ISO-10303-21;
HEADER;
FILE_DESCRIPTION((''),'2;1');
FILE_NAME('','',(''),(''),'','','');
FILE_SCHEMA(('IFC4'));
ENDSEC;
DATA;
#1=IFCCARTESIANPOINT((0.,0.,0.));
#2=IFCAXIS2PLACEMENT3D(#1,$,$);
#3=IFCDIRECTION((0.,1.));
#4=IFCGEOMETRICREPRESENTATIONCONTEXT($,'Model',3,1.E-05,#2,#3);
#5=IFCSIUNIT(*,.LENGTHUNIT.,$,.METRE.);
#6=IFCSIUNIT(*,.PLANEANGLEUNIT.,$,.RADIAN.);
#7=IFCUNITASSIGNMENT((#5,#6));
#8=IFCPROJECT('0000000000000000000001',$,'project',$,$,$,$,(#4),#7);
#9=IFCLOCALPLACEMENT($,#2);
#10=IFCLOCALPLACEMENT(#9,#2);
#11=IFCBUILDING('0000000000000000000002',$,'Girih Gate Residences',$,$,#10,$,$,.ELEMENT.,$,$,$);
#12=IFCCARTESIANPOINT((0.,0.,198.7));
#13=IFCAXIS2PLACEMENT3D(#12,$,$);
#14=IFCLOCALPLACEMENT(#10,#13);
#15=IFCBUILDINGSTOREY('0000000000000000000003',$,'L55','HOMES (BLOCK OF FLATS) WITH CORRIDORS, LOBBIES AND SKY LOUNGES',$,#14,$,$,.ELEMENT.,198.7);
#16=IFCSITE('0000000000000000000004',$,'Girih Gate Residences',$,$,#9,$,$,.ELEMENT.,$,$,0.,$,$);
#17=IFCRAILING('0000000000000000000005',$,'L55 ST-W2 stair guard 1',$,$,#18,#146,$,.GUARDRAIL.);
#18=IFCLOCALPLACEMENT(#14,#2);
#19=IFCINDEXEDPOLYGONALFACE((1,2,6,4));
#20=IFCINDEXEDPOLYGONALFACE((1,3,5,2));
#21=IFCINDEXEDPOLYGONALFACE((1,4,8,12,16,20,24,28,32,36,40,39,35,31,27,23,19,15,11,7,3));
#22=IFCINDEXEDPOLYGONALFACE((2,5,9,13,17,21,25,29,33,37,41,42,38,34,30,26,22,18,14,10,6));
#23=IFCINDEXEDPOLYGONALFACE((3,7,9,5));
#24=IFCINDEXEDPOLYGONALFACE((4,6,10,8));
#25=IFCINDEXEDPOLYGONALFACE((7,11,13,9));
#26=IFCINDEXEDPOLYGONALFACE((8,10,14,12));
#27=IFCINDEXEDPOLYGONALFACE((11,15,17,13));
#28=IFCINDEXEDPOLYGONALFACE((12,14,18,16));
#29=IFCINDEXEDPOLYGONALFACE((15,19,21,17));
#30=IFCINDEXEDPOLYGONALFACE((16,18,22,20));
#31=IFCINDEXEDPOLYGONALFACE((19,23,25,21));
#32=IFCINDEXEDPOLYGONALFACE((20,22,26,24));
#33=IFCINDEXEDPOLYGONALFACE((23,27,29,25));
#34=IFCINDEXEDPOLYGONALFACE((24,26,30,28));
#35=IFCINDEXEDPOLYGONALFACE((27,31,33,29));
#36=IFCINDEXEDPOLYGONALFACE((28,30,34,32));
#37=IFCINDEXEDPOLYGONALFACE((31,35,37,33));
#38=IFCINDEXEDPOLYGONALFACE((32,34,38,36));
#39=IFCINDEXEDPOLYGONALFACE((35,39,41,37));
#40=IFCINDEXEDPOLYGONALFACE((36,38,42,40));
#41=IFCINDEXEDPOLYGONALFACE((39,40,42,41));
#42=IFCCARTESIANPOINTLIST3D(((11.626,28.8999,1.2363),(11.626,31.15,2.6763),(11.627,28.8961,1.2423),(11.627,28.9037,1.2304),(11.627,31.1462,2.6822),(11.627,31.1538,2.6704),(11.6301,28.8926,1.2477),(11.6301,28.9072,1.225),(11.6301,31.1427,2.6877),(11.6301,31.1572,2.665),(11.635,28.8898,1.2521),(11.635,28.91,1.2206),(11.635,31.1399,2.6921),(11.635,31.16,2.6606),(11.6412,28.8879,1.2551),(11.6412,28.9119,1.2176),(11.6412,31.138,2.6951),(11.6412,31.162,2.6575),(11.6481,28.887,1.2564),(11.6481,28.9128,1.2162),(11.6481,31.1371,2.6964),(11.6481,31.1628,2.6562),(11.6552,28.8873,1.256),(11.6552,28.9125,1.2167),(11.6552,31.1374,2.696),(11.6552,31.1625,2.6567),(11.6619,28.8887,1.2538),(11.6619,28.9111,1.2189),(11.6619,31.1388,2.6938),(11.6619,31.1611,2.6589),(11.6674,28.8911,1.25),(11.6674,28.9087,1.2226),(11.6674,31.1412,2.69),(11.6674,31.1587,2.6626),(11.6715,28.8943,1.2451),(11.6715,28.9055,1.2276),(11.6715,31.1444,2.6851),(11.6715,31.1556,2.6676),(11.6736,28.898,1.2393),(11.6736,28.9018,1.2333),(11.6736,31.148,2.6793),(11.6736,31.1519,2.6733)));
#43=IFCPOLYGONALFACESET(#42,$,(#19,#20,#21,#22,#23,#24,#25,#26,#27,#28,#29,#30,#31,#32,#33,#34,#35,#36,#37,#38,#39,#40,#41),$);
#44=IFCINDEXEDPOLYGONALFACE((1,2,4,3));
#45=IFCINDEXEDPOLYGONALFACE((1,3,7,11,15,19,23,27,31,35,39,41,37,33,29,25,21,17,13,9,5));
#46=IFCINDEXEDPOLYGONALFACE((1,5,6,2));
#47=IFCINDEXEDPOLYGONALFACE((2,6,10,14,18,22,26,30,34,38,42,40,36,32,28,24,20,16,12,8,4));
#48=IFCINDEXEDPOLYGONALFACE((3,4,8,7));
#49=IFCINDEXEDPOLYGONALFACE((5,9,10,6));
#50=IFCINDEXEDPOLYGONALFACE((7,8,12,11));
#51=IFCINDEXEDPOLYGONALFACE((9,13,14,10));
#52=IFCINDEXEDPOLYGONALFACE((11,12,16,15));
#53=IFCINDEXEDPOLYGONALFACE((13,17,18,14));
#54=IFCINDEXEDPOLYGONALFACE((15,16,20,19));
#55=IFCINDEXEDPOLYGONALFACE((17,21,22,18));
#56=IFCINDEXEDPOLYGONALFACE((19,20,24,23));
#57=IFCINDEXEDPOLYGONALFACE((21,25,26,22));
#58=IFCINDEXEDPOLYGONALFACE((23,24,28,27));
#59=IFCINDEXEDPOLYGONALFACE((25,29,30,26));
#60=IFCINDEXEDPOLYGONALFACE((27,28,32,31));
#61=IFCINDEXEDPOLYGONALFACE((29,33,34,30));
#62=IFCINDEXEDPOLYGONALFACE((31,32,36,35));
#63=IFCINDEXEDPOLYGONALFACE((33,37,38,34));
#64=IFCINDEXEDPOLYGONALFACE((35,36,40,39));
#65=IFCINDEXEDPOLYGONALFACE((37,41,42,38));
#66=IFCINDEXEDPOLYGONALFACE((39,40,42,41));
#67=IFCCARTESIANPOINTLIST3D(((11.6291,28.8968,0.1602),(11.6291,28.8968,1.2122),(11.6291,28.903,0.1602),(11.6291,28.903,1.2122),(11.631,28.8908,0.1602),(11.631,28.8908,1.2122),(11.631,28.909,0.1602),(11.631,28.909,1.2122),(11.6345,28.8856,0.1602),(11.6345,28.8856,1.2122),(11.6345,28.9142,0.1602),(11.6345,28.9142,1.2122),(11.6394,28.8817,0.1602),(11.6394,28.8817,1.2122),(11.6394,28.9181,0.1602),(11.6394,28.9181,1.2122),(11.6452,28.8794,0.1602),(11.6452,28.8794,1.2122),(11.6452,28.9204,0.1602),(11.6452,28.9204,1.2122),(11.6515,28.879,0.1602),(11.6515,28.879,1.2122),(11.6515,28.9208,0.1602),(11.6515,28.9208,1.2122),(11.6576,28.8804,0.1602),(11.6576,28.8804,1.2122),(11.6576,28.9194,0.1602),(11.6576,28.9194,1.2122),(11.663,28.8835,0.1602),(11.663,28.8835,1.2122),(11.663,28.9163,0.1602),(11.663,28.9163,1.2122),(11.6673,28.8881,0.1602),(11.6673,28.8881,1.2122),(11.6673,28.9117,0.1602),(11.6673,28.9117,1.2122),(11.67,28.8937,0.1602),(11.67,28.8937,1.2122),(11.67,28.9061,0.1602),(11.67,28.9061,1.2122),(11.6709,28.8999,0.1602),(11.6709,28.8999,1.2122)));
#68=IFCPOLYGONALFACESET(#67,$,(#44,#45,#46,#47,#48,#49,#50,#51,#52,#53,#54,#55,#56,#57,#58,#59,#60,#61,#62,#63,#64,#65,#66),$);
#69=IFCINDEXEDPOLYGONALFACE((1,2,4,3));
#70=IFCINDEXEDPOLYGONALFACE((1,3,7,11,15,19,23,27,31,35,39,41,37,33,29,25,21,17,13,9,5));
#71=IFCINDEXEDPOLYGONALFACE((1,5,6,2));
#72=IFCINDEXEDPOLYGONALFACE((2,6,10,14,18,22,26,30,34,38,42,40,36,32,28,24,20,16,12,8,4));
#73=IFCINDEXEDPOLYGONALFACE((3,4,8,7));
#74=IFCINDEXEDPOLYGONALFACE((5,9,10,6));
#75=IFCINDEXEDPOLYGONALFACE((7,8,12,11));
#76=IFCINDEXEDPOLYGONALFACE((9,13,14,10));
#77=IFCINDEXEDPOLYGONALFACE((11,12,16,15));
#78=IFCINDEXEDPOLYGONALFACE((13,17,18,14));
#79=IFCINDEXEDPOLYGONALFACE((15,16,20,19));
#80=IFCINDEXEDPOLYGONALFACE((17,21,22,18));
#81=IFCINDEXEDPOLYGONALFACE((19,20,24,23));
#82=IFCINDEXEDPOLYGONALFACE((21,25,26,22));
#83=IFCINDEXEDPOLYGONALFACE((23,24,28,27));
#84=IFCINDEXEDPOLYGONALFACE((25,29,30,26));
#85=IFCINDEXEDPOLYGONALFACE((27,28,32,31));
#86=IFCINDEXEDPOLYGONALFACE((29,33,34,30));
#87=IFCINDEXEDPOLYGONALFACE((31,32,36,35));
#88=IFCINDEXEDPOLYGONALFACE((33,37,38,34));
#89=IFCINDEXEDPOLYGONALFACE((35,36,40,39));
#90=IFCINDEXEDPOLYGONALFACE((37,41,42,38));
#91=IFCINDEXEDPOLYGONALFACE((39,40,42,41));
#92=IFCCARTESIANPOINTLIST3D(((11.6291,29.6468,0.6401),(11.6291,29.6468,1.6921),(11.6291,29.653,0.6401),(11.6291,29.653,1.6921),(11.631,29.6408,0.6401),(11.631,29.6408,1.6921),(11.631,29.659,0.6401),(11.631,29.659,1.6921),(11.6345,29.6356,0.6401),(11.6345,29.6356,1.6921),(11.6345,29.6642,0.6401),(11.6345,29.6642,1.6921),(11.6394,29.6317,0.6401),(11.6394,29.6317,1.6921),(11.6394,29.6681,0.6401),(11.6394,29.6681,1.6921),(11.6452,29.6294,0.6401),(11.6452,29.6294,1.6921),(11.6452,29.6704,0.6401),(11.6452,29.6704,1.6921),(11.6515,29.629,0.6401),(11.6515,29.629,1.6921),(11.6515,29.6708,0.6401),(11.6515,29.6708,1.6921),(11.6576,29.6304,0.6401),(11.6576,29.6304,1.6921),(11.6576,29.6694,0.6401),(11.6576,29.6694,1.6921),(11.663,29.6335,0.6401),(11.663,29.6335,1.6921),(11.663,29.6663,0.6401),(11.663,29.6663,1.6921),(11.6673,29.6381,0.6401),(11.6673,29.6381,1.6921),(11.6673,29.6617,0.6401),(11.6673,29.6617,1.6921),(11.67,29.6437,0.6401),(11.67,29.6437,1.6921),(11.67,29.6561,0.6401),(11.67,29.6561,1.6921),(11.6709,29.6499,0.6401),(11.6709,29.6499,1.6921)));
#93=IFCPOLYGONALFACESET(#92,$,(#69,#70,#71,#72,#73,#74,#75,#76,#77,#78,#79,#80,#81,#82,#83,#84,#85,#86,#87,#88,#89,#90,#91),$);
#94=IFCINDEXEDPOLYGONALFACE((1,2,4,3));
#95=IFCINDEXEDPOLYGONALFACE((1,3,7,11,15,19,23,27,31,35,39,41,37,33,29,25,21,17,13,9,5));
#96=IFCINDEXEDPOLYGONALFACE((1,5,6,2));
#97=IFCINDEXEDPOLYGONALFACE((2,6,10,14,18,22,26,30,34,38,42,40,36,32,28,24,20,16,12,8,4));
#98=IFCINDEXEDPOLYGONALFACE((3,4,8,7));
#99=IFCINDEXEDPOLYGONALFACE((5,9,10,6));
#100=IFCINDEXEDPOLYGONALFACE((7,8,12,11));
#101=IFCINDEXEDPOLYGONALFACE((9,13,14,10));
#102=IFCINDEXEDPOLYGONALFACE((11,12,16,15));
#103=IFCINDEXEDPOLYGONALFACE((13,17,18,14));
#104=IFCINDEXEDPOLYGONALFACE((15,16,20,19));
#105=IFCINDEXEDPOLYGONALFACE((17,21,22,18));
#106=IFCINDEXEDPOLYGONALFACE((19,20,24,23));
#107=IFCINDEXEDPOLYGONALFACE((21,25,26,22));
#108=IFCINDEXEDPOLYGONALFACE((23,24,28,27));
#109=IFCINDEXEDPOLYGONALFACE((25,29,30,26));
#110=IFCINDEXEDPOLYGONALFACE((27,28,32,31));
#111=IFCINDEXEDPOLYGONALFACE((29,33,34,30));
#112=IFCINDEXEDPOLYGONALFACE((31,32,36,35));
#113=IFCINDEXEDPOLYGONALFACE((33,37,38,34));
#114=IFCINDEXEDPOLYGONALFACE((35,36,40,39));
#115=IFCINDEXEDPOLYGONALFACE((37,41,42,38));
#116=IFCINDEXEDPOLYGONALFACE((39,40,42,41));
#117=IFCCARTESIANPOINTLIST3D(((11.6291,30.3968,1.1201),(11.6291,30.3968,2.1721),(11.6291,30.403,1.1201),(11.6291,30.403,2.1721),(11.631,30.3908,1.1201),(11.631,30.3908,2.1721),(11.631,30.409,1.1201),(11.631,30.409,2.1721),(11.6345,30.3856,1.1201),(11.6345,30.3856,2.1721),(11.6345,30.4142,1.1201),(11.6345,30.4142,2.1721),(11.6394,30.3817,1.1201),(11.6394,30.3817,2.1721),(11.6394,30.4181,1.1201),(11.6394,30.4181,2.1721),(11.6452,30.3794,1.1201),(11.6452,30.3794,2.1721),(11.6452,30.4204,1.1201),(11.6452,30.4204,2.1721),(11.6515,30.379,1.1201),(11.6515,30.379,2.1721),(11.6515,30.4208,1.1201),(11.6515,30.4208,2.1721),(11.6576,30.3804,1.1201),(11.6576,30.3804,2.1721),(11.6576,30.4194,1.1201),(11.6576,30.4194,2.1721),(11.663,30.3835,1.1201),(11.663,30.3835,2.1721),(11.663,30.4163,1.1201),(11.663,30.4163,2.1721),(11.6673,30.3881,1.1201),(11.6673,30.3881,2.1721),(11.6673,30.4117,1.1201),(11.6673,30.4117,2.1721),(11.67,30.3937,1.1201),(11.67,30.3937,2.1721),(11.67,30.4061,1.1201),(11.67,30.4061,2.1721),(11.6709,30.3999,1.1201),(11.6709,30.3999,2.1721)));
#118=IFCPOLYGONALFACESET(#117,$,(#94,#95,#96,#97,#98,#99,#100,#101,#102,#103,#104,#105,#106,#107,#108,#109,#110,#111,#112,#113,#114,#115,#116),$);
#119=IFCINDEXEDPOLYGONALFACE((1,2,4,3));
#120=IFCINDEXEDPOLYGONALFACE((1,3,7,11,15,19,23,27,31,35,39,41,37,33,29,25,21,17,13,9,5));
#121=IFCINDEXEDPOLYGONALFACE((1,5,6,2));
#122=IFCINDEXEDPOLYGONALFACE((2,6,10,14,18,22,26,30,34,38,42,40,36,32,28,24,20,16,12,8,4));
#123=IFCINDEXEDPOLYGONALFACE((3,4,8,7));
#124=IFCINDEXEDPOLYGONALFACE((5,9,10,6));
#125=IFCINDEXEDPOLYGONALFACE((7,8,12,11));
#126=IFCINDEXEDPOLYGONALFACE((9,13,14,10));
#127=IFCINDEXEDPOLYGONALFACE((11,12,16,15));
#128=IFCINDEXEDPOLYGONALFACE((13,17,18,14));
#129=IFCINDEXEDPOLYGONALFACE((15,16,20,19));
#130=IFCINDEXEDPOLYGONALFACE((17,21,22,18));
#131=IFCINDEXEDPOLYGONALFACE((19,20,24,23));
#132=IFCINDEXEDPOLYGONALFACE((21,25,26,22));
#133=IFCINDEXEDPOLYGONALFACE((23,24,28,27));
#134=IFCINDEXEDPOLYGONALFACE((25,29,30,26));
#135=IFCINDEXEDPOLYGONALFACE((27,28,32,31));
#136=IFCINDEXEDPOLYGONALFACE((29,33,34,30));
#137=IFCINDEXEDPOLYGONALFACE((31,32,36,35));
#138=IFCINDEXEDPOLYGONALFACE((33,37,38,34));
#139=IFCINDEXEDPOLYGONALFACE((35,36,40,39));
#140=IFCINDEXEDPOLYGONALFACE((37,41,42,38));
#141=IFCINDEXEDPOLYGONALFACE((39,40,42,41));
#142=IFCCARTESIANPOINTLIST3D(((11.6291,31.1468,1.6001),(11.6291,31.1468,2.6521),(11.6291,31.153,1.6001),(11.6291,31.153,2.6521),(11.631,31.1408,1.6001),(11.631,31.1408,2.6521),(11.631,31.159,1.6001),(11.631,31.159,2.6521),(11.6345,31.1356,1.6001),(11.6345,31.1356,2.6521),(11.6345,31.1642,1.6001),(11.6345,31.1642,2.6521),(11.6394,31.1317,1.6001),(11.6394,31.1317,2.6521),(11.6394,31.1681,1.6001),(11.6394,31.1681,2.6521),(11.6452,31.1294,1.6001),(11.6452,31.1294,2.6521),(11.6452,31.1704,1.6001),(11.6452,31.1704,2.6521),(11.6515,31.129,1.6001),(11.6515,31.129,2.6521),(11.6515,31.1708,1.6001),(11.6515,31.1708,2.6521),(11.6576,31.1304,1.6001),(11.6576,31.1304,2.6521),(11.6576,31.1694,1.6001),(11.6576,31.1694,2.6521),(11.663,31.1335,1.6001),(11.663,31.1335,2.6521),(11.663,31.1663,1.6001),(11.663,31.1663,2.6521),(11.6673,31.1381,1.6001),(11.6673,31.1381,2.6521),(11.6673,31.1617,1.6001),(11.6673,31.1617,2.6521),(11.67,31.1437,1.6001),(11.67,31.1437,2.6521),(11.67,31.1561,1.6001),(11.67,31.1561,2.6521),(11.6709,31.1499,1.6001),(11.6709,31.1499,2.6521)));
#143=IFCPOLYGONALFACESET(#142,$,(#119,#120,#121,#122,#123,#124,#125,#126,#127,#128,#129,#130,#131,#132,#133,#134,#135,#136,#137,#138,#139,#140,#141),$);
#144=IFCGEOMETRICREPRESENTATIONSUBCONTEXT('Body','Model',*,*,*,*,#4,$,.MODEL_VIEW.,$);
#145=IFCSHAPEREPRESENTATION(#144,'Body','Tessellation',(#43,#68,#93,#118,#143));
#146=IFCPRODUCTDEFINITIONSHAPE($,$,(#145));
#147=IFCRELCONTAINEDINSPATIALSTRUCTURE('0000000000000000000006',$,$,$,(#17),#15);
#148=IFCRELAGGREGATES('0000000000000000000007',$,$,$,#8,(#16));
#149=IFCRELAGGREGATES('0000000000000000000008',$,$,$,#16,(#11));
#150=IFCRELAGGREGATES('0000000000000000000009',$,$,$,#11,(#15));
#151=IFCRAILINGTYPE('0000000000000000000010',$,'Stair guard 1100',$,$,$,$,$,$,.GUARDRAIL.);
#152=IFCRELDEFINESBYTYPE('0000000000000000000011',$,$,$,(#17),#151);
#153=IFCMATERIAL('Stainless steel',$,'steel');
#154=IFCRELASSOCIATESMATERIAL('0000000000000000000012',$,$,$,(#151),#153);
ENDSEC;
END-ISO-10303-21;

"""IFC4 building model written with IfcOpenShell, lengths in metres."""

from ifc_helpers import new_model, si_unit, direction, frame, origin, origin_2d, place, context, subcontext, project, spatial, circle, extrude, material, type_object, element, save


model = new_model("IFC4")

# Units and contexts
model_context = context("Model", 3, precision=1e-05, world=origin(), true_north=direction((0.0, 1.0)))
body_context = subcontext(model_context, "Body", "Model", "MODEL_VIEW")
ifc_project = project(units=[si_unit("LENGTHUNIT", "METRE"), si_unit("PLANEANGLEUNIT", "RADIAN")], contexts=[model_context])

# Site, building, storey
site_placement = place(None, origin())
site = spatial("IfcSite", under=ifc_project, at=site_placement, Name="Girih Gate Residences", CompositionType="ELEMENT", RefElevation=0.0)
building_placement = place(site_placement, origin())
building = spatial("IfcBuilding", under=site, at=building_placement, Name="Girih Gate Residences", CompositionType="ELEMENT")
storey_placement = place(building_placement, frame((0.0, 0.0, 198.7)))
storey = spatial("IfcBuildingStorey", under=building, at=storey_placement, Name="L55", Description="HOMES (BLOCK OF FLATS) WITH CORRIDORS, LOBBIES AND SKY LOUNGES", CompositionType="ELEMENT", Elevation=198.7)

# Railing
ifc_material_1 = material(Name="Stainless steel", Category="steel")
railing_type_1 = type_object("IfcRailingType", Name="Stair guard 1100", PredefinedType="GUARDRAIL", material=ifc_material_1)
railing_1_placement = place(storey_placement, frame((11.6499, 28.8999, 0.1602)))
element("IfcRailing", 1, at=railing_1_placement, inside=storey, type_object=railing_type_1, Name="L55 ST-W2 stair guard 1", PredefinedType="GUARDRAIL", context=body_context, shape_type="SweptSolid", body=[
    extrude(circle(Radius=0.0239, at=origin_2d()), frame((0.0, 0.0, 1.0762), z_axis=(0.0, 0.842281, 0.539038), x_axis=(-1.0, 0.0, 0.0)), (0.0, 0.0, 1.0), 2.6714),
    extrude(circle(Radius=0.021, at=origin_2d()), origin(), (0.0, 0.0, 1.0), 1.052),
    extrude(circle(Radius=0.021, at=origin_2d()), frame((0.0, 0.75, 0.48)), (0.0, 0.0, 1.0), 1.052),
    extrude(circle(Radius=0.021, at=origin_2d()), frame((0.0, 1.5, 0.96)), (0.0, 0.0, 1.0), 1.052),
    extrude(circle(Radius=0.021, at=origin_2d()), frame((0.0, 2.25, 1.4399)), (0.0, 0.0, 1.0), 1.052),
])

save(model, "model.ifc")
